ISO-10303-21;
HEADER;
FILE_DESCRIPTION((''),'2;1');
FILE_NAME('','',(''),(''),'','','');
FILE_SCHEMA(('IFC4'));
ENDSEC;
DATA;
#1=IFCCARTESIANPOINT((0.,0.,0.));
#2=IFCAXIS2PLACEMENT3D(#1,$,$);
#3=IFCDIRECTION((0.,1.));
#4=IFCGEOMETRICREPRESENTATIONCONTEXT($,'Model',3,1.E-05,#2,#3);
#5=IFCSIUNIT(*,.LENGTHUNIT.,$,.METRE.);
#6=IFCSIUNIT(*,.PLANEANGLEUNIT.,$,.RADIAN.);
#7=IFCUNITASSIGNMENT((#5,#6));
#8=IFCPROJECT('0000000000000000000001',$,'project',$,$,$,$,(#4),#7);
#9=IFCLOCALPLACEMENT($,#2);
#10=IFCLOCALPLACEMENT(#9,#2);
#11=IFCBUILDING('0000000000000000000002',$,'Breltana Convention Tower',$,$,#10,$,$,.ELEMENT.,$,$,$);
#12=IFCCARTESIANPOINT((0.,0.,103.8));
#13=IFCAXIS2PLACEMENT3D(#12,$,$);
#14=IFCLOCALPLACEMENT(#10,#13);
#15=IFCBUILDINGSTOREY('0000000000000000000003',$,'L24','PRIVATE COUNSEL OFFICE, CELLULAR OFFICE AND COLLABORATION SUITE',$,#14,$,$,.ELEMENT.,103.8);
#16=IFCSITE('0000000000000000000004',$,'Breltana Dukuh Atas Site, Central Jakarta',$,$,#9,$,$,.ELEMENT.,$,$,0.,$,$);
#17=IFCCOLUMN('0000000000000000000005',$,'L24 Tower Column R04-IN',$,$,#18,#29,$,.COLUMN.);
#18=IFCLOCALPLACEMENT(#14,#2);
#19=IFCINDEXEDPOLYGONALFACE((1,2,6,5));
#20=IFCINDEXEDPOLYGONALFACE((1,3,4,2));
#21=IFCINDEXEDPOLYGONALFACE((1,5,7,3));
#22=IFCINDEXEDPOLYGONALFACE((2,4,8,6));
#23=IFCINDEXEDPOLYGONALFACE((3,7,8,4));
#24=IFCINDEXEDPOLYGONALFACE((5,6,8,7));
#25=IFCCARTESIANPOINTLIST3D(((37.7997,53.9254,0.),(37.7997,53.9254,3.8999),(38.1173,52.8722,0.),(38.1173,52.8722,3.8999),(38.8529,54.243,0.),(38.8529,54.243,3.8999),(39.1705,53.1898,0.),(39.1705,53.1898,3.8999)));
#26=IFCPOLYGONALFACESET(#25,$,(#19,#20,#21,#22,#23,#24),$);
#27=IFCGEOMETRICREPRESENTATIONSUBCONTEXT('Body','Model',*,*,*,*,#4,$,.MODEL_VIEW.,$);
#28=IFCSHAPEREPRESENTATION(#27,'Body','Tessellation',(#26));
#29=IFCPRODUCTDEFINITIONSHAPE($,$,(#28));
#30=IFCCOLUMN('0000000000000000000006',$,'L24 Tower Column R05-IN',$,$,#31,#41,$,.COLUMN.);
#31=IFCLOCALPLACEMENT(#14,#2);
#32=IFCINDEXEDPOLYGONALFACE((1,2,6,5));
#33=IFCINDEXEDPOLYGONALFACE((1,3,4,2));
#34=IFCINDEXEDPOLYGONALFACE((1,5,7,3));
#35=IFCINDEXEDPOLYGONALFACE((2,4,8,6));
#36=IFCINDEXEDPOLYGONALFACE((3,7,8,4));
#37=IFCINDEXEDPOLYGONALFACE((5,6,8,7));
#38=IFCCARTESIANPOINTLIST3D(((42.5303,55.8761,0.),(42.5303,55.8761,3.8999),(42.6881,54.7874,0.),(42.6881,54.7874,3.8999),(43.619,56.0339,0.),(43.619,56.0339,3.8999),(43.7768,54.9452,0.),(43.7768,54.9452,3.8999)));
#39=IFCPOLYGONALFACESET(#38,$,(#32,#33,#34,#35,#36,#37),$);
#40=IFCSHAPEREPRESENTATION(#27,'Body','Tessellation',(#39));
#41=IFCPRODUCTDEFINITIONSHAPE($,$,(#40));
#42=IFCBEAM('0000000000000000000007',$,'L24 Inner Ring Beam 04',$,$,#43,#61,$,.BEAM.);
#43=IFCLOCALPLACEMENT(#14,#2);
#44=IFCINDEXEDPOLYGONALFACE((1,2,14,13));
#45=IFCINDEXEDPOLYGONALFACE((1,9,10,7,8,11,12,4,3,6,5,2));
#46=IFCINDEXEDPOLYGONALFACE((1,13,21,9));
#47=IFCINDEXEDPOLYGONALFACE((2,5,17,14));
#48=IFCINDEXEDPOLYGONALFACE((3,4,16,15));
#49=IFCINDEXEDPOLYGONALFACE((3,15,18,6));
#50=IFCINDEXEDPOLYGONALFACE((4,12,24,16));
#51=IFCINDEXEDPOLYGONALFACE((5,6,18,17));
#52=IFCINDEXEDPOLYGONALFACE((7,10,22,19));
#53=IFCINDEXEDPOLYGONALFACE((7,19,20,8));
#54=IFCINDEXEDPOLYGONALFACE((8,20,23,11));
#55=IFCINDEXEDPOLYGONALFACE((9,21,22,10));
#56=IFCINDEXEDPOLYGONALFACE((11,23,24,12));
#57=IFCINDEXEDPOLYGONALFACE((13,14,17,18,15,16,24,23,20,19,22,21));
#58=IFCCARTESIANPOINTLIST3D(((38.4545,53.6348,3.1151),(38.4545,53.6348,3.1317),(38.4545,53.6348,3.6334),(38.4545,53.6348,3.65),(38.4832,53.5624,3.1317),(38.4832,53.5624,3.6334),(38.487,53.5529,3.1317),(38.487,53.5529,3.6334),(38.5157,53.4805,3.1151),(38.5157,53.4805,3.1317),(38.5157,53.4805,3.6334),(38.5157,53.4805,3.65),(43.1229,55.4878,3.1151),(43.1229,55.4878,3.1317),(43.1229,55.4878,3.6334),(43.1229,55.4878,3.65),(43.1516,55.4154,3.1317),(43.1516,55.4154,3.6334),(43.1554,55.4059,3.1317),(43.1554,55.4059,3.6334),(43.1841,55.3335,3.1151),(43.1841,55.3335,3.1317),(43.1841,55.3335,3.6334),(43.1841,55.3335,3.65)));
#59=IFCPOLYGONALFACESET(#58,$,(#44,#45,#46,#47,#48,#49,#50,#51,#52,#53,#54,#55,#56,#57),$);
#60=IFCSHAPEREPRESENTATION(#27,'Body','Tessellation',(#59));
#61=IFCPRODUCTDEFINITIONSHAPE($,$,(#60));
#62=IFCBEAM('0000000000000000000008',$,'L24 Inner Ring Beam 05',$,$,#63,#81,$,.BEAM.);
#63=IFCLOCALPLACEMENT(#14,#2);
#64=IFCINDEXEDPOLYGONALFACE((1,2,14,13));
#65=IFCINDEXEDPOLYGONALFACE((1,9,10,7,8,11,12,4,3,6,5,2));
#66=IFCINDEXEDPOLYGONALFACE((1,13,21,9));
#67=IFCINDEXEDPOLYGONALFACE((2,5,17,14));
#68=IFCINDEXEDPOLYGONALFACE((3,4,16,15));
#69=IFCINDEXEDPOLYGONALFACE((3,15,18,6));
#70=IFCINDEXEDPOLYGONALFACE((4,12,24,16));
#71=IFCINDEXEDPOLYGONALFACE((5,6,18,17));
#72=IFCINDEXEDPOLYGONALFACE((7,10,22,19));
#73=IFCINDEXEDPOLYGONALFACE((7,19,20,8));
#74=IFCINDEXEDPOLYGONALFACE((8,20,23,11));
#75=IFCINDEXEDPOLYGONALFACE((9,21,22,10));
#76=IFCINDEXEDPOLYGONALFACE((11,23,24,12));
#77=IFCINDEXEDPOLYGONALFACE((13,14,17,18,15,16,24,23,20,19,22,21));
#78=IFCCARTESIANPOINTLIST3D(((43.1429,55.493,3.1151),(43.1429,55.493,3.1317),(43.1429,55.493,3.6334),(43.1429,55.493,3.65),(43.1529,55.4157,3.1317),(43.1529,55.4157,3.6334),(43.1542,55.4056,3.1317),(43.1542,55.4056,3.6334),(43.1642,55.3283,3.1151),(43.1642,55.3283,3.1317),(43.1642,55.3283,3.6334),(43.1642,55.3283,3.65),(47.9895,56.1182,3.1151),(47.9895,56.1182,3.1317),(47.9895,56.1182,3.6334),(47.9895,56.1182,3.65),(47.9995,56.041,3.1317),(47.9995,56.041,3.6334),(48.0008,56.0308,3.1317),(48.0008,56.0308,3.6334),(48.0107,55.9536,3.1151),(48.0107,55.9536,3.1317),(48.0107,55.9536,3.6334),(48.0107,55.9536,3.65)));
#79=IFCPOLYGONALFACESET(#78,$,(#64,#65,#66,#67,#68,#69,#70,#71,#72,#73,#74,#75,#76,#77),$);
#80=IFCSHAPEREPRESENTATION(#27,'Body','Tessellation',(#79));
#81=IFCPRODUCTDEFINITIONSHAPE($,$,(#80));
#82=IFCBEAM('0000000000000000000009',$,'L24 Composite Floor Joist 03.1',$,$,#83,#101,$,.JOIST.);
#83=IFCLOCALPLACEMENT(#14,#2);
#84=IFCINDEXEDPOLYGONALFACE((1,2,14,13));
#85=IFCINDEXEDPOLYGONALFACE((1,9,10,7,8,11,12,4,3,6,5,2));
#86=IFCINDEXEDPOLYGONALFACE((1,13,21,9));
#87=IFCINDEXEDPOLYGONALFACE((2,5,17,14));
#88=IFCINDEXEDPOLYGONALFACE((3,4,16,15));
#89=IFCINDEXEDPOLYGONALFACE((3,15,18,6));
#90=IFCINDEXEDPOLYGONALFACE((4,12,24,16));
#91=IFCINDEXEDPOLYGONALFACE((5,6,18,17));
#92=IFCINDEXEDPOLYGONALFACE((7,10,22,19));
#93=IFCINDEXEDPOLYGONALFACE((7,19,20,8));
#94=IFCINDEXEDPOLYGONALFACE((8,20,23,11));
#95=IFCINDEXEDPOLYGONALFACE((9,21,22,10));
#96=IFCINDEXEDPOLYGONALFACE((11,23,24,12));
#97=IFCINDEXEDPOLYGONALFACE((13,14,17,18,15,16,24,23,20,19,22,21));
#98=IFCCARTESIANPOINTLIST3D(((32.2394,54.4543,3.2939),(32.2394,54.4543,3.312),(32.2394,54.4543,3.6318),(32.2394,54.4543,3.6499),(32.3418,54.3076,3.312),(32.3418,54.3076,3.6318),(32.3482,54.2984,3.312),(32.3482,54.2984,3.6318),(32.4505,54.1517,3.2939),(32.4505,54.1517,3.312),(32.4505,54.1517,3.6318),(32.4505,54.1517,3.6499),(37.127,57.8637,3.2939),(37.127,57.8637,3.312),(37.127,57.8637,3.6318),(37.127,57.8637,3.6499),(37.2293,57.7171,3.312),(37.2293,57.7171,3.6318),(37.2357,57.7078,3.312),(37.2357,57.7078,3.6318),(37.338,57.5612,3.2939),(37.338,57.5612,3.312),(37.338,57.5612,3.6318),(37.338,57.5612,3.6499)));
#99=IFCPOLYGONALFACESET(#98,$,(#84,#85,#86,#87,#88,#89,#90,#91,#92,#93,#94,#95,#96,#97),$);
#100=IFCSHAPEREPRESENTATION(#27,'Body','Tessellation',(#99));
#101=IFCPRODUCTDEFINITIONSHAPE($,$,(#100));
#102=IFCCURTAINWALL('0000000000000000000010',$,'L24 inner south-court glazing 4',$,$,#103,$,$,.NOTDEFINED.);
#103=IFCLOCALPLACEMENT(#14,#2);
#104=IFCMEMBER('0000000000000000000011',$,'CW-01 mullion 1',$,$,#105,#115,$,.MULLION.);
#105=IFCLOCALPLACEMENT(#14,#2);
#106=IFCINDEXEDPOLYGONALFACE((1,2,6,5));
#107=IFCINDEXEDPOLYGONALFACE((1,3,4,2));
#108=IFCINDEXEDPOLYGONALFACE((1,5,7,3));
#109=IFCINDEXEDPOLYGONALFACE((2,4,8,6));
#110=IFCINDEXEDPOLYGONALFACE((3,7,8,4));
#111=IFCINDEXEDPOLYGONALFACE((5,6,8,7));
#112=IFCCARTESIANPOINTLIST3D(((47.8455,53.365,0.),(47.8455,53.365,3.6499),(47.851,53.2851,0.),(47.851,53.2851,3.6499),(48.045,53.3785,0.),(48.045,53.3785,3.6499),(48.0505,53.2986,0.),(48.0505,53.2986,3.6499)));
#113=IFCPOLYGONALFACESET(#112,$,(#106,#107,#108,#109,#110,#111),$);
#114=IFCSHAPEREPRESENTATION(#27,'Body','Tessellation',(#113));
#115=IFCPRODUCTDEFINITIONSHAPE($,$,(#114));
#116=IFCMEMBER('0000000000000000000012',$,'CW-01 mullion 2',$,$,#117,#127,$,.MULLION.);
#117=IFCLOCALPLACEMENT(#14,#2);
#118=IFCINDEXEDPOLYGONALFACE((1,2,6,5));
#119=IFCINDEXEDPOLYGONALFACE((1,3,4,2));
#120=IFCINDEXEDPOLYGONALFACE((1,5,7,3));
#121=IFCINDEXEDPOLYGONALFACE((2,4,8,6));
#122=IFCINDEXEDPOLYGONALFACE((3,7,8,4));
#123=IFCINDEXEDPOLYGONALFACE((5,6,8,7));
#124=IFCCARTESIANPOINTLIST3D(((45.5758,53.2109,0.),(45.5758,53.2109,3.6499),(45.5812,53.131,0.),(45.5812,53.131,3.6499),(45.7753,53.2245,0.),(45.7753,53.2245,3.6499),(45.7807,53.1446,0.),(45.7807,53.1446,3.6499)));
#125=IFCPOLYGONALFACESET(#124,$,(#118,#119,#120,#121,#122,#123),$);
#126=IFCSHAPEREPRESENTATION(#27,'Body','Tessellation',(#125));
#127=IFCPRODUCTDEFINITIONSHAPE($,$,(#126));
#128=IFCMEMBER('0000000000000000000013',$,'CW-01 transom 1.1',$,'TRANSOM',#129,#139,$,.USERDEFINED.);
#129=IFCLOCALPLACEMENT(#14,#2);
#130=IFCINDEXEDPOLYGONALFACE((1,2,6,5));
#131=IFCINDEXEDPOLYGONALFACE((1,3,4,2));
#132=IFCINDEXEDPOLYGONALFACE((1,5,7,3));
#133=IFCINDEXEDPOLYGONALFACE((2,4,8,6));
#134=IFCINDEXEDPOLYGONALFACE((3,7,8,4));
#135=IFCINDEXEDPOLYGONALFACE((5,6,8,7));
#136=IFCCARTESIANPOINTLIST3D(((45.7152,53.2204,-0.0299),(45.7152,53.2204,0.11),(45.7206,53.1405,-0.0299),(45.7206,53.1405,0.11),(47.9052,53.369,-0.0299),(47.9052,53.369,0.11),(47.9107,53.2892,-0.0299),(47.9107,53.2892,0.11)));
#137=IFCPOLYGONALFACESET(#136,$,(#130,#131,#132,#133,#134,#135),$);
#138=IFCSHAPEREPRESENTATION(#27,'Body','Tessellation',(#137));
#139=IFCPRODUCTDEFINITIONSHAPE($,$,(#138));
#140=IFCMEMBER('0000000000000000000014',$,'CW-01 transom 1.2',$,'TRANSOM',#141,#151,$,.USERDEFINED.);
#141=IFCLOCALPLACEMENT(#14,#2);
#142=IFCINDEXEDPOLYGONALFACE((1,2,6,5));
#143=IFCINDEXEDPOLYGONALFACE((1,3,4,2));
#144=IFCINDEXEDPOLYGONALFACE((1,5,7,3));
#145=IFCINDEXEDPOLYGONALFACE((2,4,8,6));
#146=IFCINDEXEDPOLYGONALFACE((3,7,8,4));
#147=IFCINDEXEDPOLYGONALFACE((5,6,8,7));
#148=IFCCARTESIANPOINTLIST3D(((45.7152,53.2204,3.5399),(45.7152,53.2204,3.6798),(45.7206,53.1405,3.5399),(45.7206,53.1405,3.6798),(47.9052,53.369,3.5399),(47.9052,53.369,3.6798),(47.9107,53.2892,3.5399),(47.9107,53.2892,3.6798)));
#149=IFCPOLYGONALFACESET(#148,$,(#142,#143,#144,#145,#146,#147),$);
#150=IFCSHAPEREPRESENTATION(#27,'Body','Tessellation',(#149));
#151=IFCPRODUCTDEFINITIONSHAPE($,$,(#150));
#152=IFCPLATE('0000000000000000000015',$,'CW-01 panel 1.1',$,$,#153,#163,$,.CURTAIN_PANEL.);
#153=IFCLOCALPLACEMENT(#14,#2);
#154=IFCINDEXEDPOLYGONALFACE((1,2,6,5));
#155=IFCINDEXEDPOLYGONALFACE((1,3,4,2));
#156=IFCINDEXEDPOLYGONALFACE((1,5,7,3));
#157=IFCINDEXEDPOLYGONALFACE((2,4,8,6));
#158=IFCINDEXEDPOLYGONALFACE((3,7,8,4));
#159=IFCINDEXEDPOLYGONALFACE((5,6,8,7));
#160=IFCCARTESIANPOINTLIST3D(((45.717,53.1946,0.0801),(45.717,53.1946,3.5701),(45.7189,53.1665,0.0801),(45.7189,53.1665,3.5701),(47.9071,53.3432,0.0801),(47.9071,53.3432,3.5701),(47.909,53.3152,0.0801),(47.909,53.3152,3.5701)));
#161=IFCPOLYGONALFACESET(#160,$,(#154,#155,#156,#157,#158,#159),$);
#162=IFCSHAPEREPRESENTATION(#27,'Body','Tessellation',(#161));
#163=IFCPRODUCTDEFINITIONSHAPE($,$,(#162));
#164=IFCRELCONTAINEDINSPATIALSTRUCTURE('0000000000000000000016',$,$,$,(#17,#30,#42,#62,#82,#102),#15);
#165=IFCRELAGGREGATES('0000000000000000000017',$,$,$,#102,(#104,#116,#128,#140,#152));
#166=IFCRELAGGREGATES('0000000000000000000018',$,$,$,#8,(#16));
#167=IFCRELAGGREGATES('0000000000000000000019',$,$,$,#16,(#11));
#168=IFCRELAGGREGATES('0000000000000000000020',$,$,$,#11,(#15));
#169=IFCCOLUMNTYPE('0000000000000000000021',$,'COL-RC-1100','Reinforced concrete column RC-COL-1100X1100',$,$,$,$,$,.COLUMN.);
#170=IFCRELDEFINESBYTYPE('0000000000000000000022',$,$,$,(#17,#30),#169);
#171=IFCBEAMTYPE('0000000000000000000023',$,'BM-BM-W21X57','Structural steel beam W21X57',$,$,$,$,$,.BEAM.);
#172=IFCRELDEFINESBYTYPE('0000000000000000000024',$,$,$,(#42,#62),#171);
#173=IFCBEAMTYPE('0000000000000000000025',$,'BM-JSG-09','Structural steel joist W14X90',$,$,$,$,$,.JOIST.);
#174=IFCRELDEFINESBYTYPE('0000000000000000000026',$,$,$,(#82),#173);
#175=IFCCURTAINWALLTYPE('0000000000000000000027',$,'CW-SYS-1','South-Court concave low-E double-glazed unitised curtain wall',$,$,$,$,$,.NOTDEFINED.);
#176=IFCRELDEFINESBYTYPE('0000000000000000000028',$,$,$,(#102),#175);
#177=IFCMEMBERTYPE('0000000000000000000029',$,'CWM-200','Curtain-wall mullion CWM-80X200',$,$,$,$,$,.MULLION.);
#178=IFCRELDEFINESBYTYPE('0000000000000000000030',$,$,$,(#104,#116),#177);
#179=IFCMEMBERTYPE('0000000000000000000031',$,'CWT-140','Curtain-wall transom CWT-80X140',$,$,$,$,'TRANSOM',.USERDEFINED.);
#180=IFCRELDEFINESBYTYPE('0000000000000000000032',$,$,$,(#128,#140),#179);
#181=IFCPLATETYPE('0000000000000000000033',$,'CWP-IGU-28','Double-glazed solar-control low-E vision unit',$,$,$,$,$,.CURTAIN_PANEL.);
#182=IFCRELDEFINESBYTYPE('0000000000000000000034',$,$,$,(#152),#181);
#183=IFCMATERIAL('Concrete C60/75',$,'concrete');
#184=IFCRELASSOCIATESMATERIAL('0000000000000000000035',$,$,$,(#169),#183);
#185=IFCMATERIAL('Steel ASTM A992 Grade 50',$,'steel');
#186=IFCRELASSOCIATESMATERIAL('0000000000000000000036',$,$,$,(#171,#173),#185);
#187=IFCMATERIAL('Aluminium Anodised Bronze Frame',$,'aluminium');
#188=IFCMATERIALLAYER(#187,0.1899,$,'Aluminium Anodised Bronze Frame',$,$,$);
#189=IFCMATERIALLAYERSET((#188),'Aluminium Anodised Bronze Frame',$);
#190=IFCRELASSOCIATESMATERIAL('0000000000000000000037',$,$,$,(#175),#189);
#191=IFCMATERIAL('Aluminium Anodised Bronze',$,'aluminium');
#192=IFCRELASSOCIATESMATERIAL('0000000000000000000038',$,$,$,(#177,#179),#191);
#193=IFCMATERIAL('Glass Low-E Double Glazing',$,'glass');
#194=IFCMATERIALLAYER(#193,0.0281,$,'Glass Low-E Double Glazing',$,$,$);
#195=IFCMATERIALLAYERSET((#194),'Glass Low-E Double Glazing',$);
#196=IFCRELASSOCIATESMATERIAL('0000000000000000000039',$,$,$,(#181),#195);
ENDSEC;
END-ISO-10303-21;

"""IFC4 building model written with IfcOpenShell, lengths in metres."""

from ifc_helpers import new_model, si_unit, direction, frame, origin, origin_2d, place, context, subcontext, project, spatial, rectangle, i_section, extrude, source, transform, mapped, material, layer, layer_set, material_profile, profile_set, type_object, element, aggregate, save


model = new_model("IFC4")

# Units and contexts
model_context = context("Model", 3, precision=1e-05, world=origin(), true_north=direction((0.0, 1.0)))
body_context = subcontext(model_context, "Body", "Model", "MODEL_VIEW")
ifc_project = project(units=[si_unit("LENGTHUNIT", "METRE"), si_unit("PLANEANGLEUNIT", "RADIAN")], contexts=[model_context])

# Site, building, storey
site_placement = place(None, origin())
site = spatial("IfcSite", under=ifc_project, at=site_placement, Name="Breltana Dukuh Atas Site, Central Jakarta", CompositionType="ELEMENT", RefElevation=0.0)
building_placement = place(site_placement, origin())
building = spatial("IfcBuilding", under=site, at=building_placement, Name="Breltana Convention Tower", CompositionType="ELEMENT")
storey_placement = place(building_placement, frame((0.0, 0.0, 103.8)))
storey = spatial("IfcBuildingStorey", under=building, at=storey_placement, Name="L24", Description="PRIVATE COUNSEL OFFICE, CELLULAR OFFICE AND COLLABORATION SUITE", CompositionType="ELEMENT", Elevation=103.8)

# Columns
ifc_material_1 = material(Name="Concrete C60/75", Category="concrete")
ifc_material_profile_1 = material_profile(ifc_material_1, rectangle(XDim=1.1001, YDim=1.1001, at=origin_2d()), Name="RC-COL-1100X1100")
ifc_profile_set_1 = profile_set([ifc_material_profile_1], Name="Concrete C60/75")
column_type = type_object("IfcColumnType", Name="COL-RC-1100", Description="Reinforced concrete column RC-COL-1100X1100", PredefinedType="COLUMN", material=ifc_profile_set_1)
shared_shape_1 = source(origin(), body_context, "Body", "SweptSolid", [
    extrude(rectangle(XDim=1.1001, YDim=1.1001, at=origin_2d()), origin(), (0.0, 0.0, 1.0), 3.8999),
])
for number, where, z_axis, x_axis, name in (
    (1, (38.4851, 53.5576, 0.0), (0.0, 0.0, 1.0), (-0.288698, 0.95742, 0.0), "L24 Tower Column R04-IN"),
    (2, (43.1536, 55.4106, 0.0), (0.0, 0.0, 1.0), (-0.143493, 0.989651, 0.0), "L24 Tower Column R05-IN"),
):
    element("IfcColumn", number, at=place(storey_placement, frame(where, z_axis=z_axis, x_axis=x_axis)), inside=storey, type_object=column_type, Name=name, PredefinedType="COLUMN", context=body_context, shape_type="MappedRepresentation", body=[
        mapped(shared_shape_1, transform((0.0, 0.0, 0.0), scale=1.0)),
    ])

# Beams
ifc_material_2 = material(Name="Steel ASTM A992 Grade 50", Category="steel")
ifc_material_profile_2 = material_profile(ifc_material_2, i_section(OverallWidth=0.166, OverallDepth=0.5349, WebThickness=0.0103, FlangeThickness=0.0166, at=origin_2d()), Name="W21X57")
ifc_profile_set_2 = profile_set([ifc_material_profile_2], Name="Steel ASTM A992 Grade 50")
beam_type_1 = type_object("IfcBeamType", Name="BM-BM-W21X57", Description="Structural steel beam W21X57", PredefinedType="BEAM", material=ifc_profile_set_2)
shared_shape_2 = source(origin(), body_context, "Body", "SweptSolid", [
    extrude(i_section(OverallWidth=0.166, OverallDepth=0.5349, WebThickness=0.0103, FlangeThickness=0.0166, at=origin_2d()), origin(), (0.0, 0.0, 1.0), 5.0227),
])
beam_1_placement = place(storey_placement, frame((38.4851, 53.5576, 3.3826), z_axis=(0.929459, 0.368926, 0.0), x_axis=(-0.368926, 0.929459, 0.0)))
element("IfcBeam", 3, at=beam_1_placement, inside=storey, type_object=beam_type_1, Name="L24 Inner Ring Beam 04", PredefinedType="BEAM", context=body_context, shape_type="MappedRepresentation", body=[
    mapped(shared_shape_2, transform((0.0, 0.0, 0.0), scale=1.0)),
])
shared_shape_3 = source(origin(), body_context, "Body", "SweptSolid", [
    extrude(i_section(OverallWidth=0.166, OverallDepth=0.5349, WebThickness=0.0103, FlangeThickness=0.0166, at=origin_2d()), origin(), (0.0, 0.0, 1.0), 4.8867),
])
beam_2_placement = place(storey_placement, frame((43.1536, 55.4106, 3.3826), z_axis=(0.991781, 0.127951, 0.0), x_axis=(-0.127951, 0.991781, 0.0)))
element("IfcBeam", 4, at=beam_2_placement, inside=storey, type_object=beam_type_1, Name="L24 Inner Ring Beam 05", PredefinedType="BEAM", context=body_context, shape_type="MappedRepresentation", body=[
    mapped(shared_shape_3, transform((0.0, 0.0, 0.0), scale=1.0)),
])
ifc_material_profile_3 = material_profile(ifc_material_2, i_section(OverallWidth=0.3689, OverallDepth=0.356, WebThickness=0.0112, FlangeThickness=0.0181, at=origin_2d()), Name="W14X90")
ifc_profile_set_3 = profile_set([ifc_material_profile_3], Name="Steel ASTM A992 Grade 50")
beam_type_2 = type_object("IfcBeamType", Name="BM-JSG-09", Description="Structural steel joist W14X90", PredefinedType="JOIST", material=ifc_profile_set_3)
shared_shape_4 = source(origin(), body_context, "Body", "SweptSolid", [
    extrude(i_section(OverallWidth=0.3689, OverallDepth=0.356, WebThickness=0.0112, FlangeThickness=0.0181, at=origin_2d()), origin(), (0.0, 0.0, 1.0), 5.9592),
])
beam_3_placement = place(storey_placement, frame((32.345, 54.303, 3.4719), z_axis=(0.82016, 0.572134, 0.0), x_axis=(-0.572134, 0.82016, 0.0)))
element("IfcBeam", 5, at=beam_3_placement, inside=storey, type_object=beam_type_2, Name="L24 Composite Floor Joist 03.1", PredefinedType="JOIST", context=body_context, shape_type="MappedRepresentation", body=[
    mapped(shared_shape_4, transform((0.0, 0.0, 0.0), scale=1.0)),
])

# Curtain wall, members, plate
ifc_material_3 = material(Name="Aluminium Anodised Bronze Frame", Category="aluminium")
ifc_layer_1 = layer(ifc_material_3, 0.1899, Name="Aluminium Anodised Bronze Frame")
ifc_layer_set_1 = layer_set([ifc_layer_1], Name="Aluminium Anodised Bronze Frame")
curtain_wall_type = type_object("IfcCurtainWallType", Name="CW-SYS-1", Description="South-Court concave low-E double-glazed unitised curtain wall", PredefinedType="NOTDEFINED", material=ifc_layer_set_1)
curtain_wall_placement = place(storey_placement, origin())
curtain_wall = element("IfcCurtainWall", 6, at=curtain_wall_placement, inside=storey, type_object=curtain_wall_type, Name="L24 inner south-court glazing 4", PredefinedType="NOTDEFINED")
ifc_material_4 = material(Name="Aluminium Anodised Bronze", Category="aluminium")
ifc_material_profile_4 = material_profile(ifc_material_4, rectangle(XDim=0.0801, YDim=0.2, at=origin_2d()), Name="CWM-80X200")
ifc_profile_set_4 = profile_set([ifc_material_profile_4], Name="Aluminium Anodised Bronze")
member_type_1 = type_object("IfcMemberType", Name="CWM-200", Description="Curtain-wall mullion CWM-80X200", PredefinedType="MULLION", material=ifc_profile_set_4)
shared_shape_5 = source(origin(), body_context, "Body", "SweptSolid", [
    extrude(rectangle(XDim=0.0801, YDim=0.2, at=origin_2d()), origin(), (0.0, 0.0, 1.0), 3.6499),
])
member_1_placement = place(storey_placement, frame((47.948, 53.3318, 0.0), z_axis=(0.0, 0.0, 1.0), x_axis=(0.067728, -0.997704, 0.0)))
member_1 = element("IfcMember", 7, at=member_1_placement, type_object=member_type_1, Name="CW-01 mullion 1", PredefinedType="MULLION", context=body_context, shape_type="MappedRepresentation", body=[
    mapped(shared_shape_5, transform((0.0, 0.0, 0.0), scale=1.0)),
])
member_2_placement = place(storey_placement, frame((45.6782, 53.1777, 0.0), z_axis=(0.0, 0.0, 1.0), x_axis=(0.067728, -0.997704, 0.0)))
member_2 = element("IfcMember", 8, at=member_2_placement, type_object=member_type_1, Name="CW-01 mullion 2", PredefinedType="MULLION", context=body_context, shape_type="MappedRepresentation", body=[
    mapped(shared_shape_5, transform((0.0, 0.0, 0.0), scale=1.0)),
])
ifc_material_profile_5 = material_profile(ifc_material_4, rectangle(XDim=0.0801, YDim=0.1399, at=origin_2d()), Name="CWT-80X140")
ifc_profile_set_5 = profile_set([ifc_material_profile_5], Name="Aluminium Anodised Bronze")
member_type_2 = type_object("IfcMemberType", Name="CWT-140", Description="Curtain-wall transom CWT-80X140", ElementType="TRANSOM", PredefinedType="USERDEFINED", material=ifc_profile_set_5)
shared_shape_6 = source(origin(), body_context, "Body", "SweptSolid", [
    extrude(rectangle(XDim=0.0801, YDim=0.1399, at=origin_2d()), origin(), (0.0, 0.0, 1.0), 2.1951),
])
member_3_placement = place(storey_placement, frame((47.908, 53.3291, 0.04), z_axis=(-0.997703, -0.067737, 0.0), x_axis=(0.067737, -0.997703, 0.0)))
member_3 = element("IfcMember", 9, at=member_3_placement, type_object=member_type_2, Name="CW-01 transom 1.1", ObjectType="TRANSOM", PredefinedType="USERDEFINED", context=body_context, shape_type="MappedRepresentation", body=[
    mapped(shared_shape_6, transform((0.0, 0.0, 0.0), scale=1.0)),
])
member_4_placement = place(storey_placement, frame((47.908, 53.3291, 3.6099), z_axis=(-0.997703, -0.067737, 0.0), x_axis=(0.067737, -0.997703, 0.0)))
member_4 = element("IfcMember", 10, at=member_4_placement, type_object=member_type_2, Name="CW-01 transom 1.2", ObjectType="TRANSOM", PredefinedType="USERDEFINED", context=body_context, shape_type="MappedRepresentation", body=[
    mapped(shared_shape_6, transform((0.0, 0.0, 0.0), scale=1.0)),
])
ifc_material_5 = material(Name="Glass Low-E Double Glazing", Category="glass")
ifc_layer_2 = layer(ifc_material_5, 0.0281, Name="Glass Low-E Double Glazing")
ifc_layer_set_2 = layer_set([ifc_layer_2], Name="Glass Low-E Double Glazing")
plate_type = type_object("IfcPlateType", Name="CWP-IGU-28", Description="Double-glazed solar-control low-E vision unit", PredefinedType="CURTAIN_PANEL", material=ifc_layer_set_2)
shared_shape_7 = source(origin(), body_context, "Body", "SweptSolid", [
    extrude(rectangle(XDim=2.1951, YDim=0.0281, at=origin_2d()), origin(), (0.0, 0.0, 1.0), 3.49),
])
plate_placement = place(storey_placement, frame((46.813, 53.2549, 0.0801), z_axis=(0.0, 0.0, 1.0), x_axis=(-0.997704, -0.067728, 0.0)))
plate = element("IfcPlate", 11, at=plate_placement, type_object=plate_type, Name="CW-01 panel 1.1", PredefinedType="CURTAIN_PANEL", context=body_context, shape_type="MappedRepresentation", body=[
    mapped(shared_shape_7, transform((0.0, 0.0, 0.0), scale=1.0)),
])
aggregate(curtain_wall, [member_1, member_2, member_3, member_4, plate])

save(model, "model.ifc")
